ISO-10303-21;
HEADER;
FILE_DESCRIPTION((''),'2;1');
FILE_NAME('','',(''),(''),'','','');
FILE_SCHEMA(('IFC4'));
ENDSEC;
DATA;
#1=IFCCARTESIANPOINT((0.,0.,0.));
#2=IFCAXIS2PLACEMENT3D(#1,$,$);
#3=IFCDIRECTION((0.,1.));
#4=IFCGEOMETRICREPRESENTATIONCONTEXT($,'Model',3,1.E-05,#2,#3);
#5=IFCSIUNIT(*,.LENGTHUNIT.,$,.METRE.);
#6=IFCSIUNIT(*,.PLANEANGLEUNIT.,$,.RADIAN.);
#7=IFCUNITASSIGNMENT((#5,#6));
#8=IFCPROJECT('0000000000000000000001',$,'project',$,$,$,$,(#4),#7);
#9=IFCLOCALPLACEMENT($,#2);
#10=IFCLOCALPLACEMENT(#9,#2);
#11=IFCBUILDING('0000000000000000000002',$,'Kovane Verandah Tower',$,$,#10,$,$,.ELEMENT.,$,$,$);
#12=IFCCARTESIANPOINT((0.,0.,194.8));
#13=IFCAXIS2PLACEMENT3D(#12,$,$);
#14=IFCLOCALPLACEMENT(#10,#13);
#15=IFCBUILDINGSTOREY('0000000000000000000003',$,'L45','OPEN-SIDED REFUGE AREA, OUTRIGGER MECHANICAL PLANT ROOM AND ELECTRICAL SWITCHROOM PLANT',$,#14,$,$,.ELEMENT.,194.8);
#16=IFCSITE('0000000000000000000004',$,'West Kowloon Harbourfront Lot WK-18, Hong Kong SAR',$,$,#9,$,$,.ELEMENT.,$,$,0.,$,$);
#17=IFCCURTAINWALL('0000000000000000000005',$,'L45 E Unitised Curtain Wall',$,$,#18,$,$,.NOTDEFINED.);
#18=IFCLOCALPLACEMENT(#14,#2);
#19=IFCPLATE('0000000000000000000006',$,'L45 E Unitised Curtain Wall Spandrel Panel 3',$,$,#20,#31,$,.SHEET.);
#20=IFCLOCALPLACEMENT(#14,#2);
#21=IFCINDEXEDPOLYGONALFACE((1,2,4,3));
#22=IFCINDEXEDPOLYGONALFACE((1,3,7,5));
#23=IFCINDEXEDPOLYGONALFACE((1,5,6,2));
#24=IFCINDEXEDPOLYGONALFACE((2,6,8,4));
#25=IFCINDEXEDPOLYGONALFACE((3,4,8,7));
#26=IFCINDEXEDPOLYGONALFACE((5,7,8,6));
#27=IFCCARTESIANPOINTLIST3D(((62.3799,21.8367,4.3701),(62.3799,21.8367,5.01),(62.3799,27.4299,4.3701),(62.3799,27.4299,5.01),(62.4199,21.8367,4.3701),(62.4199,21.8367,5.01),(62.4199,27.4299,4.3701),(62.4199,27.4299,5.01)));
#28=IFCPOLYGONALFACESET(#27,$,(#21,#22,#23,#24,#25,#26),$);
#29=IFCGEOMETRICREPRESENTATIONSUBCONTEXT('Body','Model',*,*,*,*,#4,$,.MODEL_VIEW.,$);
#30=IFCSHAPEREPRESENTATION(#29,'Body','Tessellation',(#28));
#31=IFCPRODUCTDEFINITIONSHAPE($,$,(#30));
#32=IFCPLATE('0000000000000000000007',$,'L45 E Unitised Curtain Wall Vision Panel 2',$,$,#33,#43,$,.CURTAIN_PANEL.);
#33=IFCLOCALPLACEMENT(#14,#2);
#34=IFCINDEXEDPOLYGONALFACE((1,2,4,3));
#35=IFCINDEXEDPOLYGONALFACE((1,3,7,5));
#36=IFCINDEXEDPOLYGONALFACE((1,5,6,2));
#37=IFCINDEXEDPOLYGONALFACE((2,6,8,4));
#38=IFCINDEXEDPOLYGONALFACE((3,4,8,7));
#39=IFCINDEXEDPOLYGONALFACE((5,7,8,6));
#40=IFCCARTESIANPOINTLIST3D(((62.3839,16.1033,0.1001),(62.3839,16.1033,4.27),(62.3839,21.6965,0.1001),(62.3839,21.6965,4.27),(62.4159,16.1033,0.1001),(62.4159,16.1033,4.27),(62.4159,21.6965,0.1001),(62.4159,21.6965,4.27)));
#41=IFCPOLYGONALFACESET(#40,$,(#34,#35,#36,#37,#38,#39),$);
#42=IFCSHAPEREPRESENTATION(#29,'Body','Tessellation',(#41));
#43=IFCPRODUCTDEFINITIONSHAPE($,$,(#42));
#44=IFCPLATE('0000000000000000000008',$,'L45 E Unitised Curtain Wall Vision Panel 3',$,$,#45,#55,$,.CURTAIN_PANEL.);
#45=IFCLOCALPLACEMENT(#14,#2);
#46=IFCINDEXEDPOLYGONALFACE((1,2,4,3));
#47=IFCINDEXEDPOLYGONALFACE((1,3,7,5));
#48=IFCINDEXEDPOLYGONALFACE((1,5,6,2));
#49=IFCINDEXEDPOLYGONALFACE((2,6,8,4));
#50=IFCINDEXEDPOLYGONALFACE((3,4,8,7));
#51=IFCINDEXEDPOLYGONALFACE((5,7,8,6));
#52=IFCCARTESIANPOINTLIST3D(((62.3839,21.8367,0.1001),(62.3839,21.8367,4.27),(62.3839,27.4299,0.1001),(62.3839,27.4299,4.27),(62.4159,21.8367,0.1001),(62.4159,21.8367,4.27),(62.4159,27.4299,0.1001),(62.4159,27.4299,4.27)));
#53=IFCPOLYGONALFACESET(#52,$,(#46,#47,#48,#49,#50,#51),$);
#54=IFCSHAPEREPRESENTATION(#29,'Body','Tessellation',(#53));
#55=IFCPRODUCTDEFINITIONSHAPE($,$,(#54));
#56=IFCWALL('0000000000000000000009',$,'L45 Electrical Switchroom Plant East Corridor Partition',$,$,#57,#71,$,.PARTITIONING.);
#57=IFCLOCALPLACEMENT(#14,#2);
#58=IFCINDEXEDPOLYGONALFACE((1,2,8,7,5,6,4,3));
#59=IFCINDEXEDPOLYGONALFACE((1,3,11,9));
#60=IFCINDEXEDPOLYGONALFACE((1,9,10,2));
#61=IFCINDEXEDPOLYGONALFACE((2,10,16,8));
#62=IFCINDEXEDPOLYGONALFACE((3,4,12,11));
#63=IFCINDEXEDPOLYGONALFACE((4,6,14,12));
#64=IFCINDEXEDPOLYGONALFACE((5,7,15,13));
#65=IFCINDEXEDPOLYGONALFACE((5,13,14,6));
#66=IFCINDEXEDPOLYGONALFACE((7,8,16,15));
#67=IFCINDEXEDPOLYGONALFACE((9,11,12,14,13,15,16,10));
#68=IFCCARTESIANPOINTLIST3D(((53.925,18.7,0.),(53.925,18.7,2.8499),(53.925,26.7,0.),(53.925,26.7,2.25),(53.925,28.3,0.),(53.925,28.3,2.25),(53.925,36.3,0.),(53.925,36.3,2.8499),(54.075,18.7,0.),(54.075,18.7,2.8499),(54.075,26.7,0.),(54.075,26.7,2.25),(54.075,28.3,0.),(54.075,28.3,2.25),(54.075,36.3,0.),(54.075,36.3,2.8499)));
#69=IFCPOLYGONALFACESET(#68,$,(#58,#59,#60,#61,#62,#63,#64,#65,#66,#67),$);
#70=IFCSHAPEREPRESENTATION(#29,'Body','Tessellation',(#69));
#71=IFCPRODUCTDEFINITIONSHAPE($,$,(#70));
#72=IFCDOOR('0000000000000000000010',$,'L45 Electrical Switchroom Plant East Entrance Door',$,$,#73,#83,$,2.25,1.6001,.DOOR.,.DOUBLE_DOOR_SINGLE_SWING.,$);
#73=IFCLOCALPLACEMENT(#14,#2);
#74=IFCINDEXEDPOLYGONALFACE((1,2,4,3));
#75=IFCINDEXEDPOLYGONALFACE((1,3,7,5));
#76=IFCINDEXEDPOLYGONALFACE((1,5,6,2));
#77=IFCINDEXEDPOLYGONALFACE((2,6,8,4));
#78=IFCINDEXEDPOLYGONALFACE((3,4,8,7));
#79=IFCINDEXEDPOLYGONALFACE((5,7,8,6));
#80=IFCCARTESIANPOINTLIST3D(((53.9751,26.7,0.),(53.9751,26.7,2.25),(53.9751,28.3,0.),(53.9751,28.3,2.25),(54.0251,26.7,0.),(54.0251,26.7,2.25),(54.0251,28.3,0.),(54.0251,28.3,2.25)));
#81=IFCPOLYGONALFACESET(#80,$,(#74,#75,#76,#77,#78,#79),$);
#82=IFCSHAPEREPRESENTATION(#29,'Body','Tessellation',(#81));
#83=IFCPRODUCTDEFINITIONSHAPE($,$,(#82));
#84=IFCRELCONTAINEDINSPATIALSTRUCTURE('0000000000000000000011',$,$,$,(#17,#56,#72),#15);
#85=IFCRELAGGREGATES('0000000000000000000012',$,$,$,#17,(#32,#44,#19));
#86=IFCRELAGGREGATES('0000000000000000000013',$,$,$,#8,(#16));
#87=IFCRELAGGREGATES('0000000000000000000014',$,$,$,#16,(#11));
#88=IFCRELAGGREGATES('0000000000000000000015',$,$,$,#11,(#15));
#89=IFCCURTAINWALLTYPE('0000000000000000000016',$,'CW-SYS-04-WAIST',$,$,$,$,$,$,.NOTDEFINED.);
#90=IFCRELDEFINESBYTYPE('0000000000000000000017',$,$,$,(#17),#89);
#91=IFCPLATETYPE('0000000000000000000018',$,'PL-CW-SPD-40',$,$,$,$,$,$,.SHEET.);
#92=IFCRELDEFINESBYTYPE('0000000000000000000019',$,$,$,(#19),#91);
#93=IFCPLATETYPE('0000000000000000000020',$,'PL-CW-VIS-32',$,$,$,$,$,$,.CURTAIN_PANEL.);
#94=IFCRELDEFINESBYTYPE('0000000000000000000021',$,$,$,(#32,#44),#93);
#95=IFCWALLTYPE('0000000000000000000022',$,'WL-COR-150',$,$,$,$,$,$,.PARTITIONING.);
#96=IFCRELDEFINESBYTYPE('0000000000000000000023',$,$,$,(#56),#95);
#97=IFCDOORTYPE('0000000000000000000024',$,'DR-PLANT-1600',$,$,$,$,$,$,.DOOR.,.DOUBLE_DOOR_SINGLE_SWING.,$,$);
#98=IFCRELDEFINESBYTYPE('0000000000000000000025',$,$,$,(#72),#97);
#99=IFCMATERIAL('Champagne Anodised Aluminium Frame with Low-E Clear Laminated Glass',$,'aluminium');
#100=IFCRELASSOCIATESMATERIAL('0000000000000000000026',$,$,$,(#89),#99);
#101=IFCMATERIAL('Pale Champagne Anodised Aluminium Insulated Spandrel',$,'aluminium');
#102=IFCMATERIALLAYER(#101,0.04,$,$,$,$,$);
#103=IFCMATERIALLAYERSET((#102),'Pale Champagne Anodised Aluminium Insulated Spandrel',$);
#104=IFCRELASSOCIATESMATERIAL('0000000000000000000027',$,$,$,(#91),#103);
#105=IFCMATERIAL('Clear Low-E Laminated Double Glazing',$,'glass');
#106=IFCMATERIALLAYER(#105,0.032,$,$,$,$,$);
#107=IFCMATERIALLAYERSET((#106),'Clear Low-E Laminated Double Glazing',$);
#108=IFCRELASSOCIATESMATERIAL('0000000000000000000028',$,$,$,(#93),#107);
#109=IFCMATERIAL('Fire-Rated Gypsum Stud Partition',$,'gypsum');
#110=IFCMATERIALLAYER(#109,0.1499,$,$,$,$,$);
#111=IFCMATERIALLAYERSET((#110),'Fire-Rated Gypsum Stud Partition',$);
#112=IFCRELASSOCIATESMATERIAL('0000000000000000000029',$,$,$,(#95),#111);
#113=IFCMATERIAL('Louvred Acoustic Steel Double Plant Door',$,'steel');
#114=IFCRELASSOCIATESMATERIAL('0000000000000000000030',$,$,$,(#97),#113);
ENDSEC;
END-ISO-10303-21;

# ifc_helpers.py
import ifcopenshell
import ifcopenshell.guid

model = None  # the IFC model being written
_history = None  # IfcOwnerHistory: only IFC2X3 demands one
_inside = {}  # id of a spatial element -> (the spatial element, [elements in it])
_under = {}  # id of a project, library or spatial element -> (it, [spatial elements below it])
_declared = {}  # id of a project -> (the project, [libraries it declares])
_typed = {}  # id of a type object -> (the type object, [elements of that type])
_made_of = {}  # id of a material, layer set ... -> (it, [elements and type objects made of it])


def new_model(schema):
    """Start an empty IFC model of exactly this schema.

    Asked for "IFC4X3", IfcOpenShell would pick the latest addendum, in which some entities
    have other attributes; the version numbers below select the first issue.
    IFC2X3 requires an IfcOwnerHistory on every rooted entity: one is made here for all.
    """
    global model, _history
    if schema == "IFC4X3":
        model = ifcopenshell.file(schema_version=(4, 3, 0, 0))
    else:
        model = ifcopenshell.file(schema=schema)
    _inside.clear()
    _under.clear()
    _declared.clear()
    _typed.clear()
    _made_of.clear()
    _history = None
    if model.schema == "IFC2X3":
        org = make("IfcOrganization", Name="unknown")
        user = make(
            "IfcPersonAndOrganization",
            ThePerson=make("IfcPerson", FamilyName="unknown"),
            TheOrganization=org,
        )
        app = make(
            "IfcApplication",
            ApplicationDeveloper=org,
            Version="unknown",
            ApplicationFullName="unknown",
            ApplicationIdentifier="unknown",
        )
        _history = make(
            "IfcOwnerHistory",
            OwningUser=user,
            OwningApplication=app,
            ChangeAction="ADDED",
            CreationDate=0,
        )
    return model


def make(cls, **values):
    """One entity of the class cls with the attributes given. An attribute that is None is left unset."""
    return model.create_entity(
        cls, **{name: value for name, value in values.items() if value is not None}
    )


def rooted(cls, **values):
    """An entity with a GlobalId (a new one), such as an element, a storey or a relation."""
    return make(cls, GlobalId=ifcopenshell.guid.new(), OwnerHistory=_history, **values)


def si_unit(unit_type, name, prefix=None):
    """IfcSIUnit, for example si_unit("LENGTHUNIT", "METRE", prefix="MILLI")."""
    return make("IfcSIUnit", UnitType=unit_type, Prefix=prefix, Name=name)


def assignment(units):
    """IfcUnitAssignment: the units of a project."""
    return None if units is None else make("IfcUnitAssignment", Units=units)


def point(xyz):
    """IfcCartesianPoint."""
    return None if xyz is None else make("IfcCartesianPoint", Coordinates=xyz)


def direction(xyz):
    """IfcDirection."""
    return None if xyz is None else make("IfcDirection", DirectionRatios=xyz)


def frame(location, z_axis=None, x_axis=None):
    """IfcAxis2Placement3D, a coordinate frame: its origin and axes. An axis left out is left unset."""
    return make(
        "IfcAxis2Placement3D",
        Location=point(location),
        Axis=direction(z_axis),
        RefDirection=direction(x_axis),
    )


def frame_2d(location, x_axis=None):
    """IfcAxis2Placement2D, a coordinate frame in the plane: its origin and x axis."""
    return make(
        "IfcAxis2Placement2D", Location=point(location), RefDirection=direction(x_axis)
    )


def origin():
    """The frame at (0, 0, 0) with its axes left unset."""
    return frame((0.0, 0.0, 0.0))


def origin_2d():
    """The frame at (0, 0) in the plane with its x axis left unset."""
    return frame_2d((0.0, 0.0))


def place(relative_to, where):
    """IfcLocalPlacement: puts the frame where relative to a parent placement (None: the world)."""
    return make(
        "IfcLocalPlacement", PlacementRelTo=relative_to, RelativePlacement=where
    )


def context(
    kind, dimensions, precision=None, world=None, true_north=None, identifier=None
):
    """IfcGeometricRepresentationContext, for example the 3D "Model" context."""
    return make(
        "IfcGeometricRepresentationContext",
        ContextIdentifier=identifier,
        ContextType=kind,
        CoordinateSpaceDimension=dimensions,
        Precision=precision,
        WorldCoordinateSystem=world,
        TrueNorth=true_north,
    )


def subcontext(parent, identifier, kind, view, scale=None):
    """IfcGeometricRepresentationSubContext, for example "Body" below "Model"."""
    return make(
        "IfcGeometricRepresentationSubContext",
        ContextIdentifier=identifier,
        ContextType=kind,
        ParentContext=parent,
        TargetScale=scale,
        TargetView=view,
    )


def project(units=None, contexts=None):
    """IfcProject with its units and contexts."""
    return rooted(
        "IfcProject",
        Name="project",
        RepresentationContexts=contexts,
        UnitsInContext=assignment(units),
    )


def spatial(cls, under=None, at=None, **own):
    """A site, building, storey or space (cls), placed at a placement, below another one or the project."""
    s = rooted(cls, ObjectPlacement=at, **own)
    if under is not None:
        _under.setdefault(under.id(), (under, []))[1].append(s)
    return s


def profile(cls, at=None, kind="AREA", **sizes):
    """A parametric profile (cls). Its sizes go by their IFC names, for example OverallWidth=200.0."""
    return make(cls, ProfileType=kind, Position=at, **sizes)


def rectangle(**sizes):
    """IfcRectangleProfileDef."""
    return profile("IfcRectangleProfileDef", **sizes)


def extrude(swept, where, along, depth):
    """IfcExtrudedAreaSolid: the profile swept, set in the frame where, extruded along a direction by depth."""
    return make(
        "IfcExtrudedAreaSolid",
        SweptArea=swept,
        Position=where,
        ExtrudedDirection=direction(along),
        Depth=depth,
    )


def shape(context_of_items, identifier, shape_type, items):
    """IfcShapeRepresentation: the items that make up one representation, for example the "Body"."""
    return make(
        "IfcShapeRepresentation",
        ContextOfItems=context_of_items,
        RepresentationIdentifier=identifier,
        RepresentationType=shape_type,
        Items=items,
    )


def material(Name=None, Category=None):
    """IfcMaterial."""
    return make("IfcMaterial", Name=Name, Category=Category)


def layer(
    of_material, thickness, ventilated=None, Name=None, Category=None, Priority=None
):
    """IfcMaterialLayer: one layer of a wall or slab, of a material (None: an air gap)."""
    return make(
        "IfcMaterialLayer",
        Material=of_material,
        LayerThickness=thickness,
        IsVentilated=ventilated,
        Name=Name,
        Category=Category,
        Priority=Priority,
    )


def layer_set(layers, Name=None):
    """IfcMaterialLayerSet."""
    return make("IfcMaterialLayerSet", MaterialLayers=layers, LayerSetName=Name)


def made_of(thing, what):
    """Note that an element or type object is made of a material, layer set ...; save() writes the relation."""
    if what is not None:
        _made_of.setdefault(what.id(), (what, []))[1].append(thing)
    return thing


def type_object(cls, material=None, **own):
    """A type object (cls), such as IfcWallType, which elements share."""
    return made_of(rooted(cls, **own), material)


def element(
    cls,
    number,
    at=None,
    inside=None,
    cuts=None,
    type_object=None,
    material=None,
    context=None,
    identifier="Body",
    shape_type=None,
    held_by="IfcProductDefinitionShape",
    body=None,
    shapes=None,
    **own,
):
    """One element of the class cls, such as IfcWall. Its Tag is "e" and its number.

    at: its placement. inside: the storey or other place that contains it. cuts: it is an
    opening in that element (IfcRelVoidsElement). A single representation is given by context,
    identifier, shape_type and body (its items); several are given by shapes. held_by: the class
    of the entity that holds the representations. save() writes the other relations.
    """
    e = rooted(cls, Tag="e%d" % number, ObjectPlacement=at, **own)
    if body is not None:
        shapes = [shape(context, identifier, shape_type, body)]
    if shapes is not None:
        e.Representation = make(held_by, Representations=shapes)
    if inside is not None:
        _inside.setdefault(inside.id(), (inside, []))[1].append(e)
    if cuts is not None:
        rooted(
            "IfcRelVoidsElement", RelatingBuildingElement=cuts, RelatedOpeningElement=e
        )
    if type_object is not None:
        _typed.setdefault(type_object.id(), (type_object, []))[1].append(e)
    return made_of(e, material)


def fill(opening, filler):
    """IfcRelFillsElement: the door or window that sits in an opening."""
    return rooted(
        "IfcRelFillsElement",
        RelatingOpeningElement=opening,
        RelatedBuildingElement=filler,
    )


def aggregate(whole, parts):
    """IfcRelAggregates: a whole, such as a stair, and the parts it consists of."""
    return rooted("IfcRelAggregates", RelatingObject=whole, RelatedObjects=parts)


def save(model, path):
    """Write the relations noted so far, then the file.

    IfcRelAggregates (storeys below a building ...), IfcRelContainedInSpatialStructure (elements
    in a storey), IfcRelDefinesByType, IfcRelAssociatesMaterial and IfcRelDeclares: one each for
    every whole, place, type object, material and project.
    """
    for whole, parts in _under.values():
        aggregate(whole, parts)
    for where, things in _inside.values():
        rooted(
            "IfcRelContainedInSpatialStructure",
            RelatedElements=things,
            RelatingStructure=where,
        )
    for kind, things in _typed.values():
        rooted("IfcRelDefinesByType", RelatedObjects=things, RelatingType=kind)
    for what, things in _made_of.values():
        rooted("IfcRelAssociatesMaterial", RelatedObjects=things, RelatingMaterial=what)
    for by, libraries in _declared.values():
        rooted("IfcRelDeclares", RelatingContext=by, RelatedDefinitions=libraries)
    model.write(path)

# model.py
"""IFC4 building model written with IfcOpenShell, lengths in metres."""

from ifc_helpers import new_model, si_unit, direction, frame, frame_2d, origin, origin_2d, place, context, subcontext, project, spatial, rectangle, extrude, material, layer, layer_set, type_object, element, fill, aggregate, save


model = new_model("IFC4")

# Units and contexts
model_context = context("Model", 3, precision=1e-05, world=origin(), true_north=direction((0.0, 1.0)))
body_context = subcontext(model_context, "Body", "Model", "MODEL_VIEW")
ifc_project = project(units=[si_unit("LENGTHUNIT", "METRE"), si_unit("PLANEANGLEUNIT", "RADIAN")], contexts=[model_context])

# Site, building, storey
site_placement = place(None, origin())
site = spatial("IfcSite", under=ifc_project, at=site_placement, Name="West Kowloon Harbourfront Lot WK-18, Hong Kong SAR", CompositionType="ELEMENT", RefElevation=0.0)
building_placement = place(site_placement, origin())
building = spatial("IfcBuilding", under=site, at=building_placement, Name="Kovane Verandah Tower", CompositionType="ELEMENT")
storey_placement = place(building_placement, frame((0.0, 0.0, 194.8)))
storey = spatial("IfcBuildingStorey", under=building, at=storey_placement, Name="L45", Description="OPEN-SIDED REFUGE AREA, OUTRIGGER MECHANICAL PLANT ROOM AND ELECTRICAL SWITCHROOM PLANT", CompositionType="ELEMENT", Elevation=194.8)

# Curtain wall
ifc_material_1 = material(Name="Champagne Anodised Aluminium Frame with Low-E Clear Laminated Glass", Category="aluminium")
curtain_wall_type = type_object("IfcCurtainWallType", Name="CW-SYS-04-WAIST", PredefinedType="NOTDEFINED", material=ifc_material_1)
curtain_wall_placement = place(storey_placement, origin())
curtain_wall = element("IfcCurtainWall", 1, at=curtain_wall_placement, inside=storey, type_object=curtain_wall_type, Name="L45 E Unitised Curtain Wall", PredefinedType="NOTDEFINED")

# Plates
ifc_material_2 = material(Name="Pale Champagne Anodised Aluminium Insulated Spandrel", Category="aluminium")
ifc_layer_1 = layer(ifc_material_2, 0.04)
ifc_layer_set_1 = layer_set([ifc_layer_1], Name="Pale Champagne Anodised Aluminium Insulated Spandrel")
plate_type_1 = type_object("IfcPlateType", Name="PL-CW-SPD-40", PredefinedType="SHEET", material=ifc_layer_set_1)
plate_1_placement = place(storey_placement, frame((62.3999, 24.6333, 4.3701), z_axis=(0.0, 0.0, 1.0), x_axis=(0.0, 1.0, 0.0)))
plate_1 = element("IfcPlate", 2, at=plate_1_placement, type_object=plate_type_1, Name="L45 E Unitised Curtain Wall Spandrel Panel 3", PredefinedType="SHEET", context=body_context, shape_type="SweptSolid", body=[
    extrude(rectangle(XDim=5.5933, YDim=0.04, at=origin_2d()), origin(), (0.0, 0.0, 1.0), 0.6399),
])
ifc_material_3 = material(Name="Clear Low-E Laminated Double Glazing", Category="glass")
ifc_layer_2 = layer(ifc_material_3, 0.032)
ifc_layer_set_2 = layer_set([ifc_layer_2], Name="Clear Low-E Laminated Double Glazing")
plate_type_2 = type_object("IfcPlateType", Name="PL-CW-VIS-32", PredefinedType="CURTAIN_PANEL", material=ifc_layer_set_2)
plate_2_placement = place(storey_placement, frame((62.3999, 18.8999, 0.1001), z_axis=(0.0, 0.0, 1.0), x_axis=(0.0, 1.0, 0.0)))
plate_2 = element("IfcPlate", 3, at=plate_2_placement, type_object=plate_type_2, Name="L45 E Unitised Curtain Wall Vision Panel 2", PredefinedType="CURTAIN_PANEL", context=body_context, shape_type="SweptSolid", body=[
    extrude(rectangle(XDim=5.5933, YDim=0.032, at=origin_2d()), origin(), (0.0, 0.0, 1.0), 4.1699),
])
plate_3_placement = place(storey_placement, frame((62.3999, 24.6333, 0.1001), z_axis=(0.0, 0.0, 1.0), x_axis=(0.0, 1.0, 0.0)))
plate_3 = element("IfcPlate", 4, at=plate_3_placement, type_object=plate_type_2, Name="L45 E Unitised Curtain Wall Vision Panel 3", PredefinedType="CURTAIN_PANEL", context=body_context, shape_type="SweptSolid", body=[
    extrude(rectangle(XDim=5.5933, YDim=0.032, at=origin_2d()), origin(), (0.0, 0.0, 1.0), 4.1699),
])
aggregate(curtain_wall, [plate_2, plate_3, plate_1])

# Wall, opening, door
ifc_material_4 = material(Name="Fire-Rated Gypsum Stud Partition", Category="gypsum")
ifc_layer_3 = layer(ifc_material_4, 0.1499)
ifc_layer_set_3 = layer_set([ifc_layer_3], Name="Fire-Rated Gypsum Stud Partition")
wall_type_1 = type_object("IfcWallType", Name="WL-COR-150", PredefinedType="PARTITIONING", material=ifc_layer_set_3)
wall_1_placement = place(storey_placement, frame((54.0, 18.7, 0.0), z_axis=(0.0, 0.0, 1.0), x_axis=(0.0, 1.0, 0.0)))
wall_1 = element("IfcWall", 5, at=wall_1_placement, inside=storey, type_object=wall_type_1, Name="L45 Electrical Switchroom Plant East Corridor Partition", PredefinedType="PARTITIONING", context=body_context, shape_type="SweptSolid", body=[
    extrude(rectangle(XDim=17.6001, YDim=0.1499, at=frame_2d((8.8, 0.0))), origin(), (0.0, 0.0, 1.0), 2.8499),
])
opening_1_placement = place(wall_1_placement, frame((8.0, 0.0, 0.0)))
opening_1 = element("IfcOpeningElement", 6, at=opening_1_placement, cuts=wall_1, PredefinedType="OPENING", context=body_context, shape_type="SweptSolid", body=[
    extrude(rectangle(XDim=1.6001, YDim=2.25, at=frame_2d((0.8, 1.125))), frame((0.0, 0.075, 0.0), z_axis=(0.0, -1.0, 0.0), x_axis=(1.0, 0.0, 0.0)), (0.0, 0.0, 1.0), 0.1499),
])
ifc_material_5 = material(Name="Louvred Acoustic Steel Double Plant Door", Category="steel")
door_type_1 = type_object("IfcDoorType", Name="DR-PLANT-1600", OperationType="DOUBLE_DOOR_SINGLE_SWING", PredefinedType="DOOR", material=ifc_material_5)
door_1_placement = place(opening_1_placement, origin())
door_1 = element("IfcDoor", 7, at=door_1_placement, inside=storey, type_object=door_type_1, Name="L45 Electrical Switchroom Plant East Entrance Door", OperationType="DOUBLE_DOOR_SINGLE_SWING", OverallHeight=2.25, OverallWidth=1.6001, PredefinedType="DOOR", context=body_context, shape_type="SweptSolid", body=[
    extrude(rectangle(XDim=1.6001, YDim=2.25, at=frame_2d((0.8, 1.125))), frame((0.0, 0.0249, 0.0), z_axis=(0.0, -1.0, 0.0), x_axis=(1.0, 0.0, 0.0)), (0.0, 0.0, 1.0), 0.05),
])
fill(opening_1, door_1)

save(model, "model.ifc")
